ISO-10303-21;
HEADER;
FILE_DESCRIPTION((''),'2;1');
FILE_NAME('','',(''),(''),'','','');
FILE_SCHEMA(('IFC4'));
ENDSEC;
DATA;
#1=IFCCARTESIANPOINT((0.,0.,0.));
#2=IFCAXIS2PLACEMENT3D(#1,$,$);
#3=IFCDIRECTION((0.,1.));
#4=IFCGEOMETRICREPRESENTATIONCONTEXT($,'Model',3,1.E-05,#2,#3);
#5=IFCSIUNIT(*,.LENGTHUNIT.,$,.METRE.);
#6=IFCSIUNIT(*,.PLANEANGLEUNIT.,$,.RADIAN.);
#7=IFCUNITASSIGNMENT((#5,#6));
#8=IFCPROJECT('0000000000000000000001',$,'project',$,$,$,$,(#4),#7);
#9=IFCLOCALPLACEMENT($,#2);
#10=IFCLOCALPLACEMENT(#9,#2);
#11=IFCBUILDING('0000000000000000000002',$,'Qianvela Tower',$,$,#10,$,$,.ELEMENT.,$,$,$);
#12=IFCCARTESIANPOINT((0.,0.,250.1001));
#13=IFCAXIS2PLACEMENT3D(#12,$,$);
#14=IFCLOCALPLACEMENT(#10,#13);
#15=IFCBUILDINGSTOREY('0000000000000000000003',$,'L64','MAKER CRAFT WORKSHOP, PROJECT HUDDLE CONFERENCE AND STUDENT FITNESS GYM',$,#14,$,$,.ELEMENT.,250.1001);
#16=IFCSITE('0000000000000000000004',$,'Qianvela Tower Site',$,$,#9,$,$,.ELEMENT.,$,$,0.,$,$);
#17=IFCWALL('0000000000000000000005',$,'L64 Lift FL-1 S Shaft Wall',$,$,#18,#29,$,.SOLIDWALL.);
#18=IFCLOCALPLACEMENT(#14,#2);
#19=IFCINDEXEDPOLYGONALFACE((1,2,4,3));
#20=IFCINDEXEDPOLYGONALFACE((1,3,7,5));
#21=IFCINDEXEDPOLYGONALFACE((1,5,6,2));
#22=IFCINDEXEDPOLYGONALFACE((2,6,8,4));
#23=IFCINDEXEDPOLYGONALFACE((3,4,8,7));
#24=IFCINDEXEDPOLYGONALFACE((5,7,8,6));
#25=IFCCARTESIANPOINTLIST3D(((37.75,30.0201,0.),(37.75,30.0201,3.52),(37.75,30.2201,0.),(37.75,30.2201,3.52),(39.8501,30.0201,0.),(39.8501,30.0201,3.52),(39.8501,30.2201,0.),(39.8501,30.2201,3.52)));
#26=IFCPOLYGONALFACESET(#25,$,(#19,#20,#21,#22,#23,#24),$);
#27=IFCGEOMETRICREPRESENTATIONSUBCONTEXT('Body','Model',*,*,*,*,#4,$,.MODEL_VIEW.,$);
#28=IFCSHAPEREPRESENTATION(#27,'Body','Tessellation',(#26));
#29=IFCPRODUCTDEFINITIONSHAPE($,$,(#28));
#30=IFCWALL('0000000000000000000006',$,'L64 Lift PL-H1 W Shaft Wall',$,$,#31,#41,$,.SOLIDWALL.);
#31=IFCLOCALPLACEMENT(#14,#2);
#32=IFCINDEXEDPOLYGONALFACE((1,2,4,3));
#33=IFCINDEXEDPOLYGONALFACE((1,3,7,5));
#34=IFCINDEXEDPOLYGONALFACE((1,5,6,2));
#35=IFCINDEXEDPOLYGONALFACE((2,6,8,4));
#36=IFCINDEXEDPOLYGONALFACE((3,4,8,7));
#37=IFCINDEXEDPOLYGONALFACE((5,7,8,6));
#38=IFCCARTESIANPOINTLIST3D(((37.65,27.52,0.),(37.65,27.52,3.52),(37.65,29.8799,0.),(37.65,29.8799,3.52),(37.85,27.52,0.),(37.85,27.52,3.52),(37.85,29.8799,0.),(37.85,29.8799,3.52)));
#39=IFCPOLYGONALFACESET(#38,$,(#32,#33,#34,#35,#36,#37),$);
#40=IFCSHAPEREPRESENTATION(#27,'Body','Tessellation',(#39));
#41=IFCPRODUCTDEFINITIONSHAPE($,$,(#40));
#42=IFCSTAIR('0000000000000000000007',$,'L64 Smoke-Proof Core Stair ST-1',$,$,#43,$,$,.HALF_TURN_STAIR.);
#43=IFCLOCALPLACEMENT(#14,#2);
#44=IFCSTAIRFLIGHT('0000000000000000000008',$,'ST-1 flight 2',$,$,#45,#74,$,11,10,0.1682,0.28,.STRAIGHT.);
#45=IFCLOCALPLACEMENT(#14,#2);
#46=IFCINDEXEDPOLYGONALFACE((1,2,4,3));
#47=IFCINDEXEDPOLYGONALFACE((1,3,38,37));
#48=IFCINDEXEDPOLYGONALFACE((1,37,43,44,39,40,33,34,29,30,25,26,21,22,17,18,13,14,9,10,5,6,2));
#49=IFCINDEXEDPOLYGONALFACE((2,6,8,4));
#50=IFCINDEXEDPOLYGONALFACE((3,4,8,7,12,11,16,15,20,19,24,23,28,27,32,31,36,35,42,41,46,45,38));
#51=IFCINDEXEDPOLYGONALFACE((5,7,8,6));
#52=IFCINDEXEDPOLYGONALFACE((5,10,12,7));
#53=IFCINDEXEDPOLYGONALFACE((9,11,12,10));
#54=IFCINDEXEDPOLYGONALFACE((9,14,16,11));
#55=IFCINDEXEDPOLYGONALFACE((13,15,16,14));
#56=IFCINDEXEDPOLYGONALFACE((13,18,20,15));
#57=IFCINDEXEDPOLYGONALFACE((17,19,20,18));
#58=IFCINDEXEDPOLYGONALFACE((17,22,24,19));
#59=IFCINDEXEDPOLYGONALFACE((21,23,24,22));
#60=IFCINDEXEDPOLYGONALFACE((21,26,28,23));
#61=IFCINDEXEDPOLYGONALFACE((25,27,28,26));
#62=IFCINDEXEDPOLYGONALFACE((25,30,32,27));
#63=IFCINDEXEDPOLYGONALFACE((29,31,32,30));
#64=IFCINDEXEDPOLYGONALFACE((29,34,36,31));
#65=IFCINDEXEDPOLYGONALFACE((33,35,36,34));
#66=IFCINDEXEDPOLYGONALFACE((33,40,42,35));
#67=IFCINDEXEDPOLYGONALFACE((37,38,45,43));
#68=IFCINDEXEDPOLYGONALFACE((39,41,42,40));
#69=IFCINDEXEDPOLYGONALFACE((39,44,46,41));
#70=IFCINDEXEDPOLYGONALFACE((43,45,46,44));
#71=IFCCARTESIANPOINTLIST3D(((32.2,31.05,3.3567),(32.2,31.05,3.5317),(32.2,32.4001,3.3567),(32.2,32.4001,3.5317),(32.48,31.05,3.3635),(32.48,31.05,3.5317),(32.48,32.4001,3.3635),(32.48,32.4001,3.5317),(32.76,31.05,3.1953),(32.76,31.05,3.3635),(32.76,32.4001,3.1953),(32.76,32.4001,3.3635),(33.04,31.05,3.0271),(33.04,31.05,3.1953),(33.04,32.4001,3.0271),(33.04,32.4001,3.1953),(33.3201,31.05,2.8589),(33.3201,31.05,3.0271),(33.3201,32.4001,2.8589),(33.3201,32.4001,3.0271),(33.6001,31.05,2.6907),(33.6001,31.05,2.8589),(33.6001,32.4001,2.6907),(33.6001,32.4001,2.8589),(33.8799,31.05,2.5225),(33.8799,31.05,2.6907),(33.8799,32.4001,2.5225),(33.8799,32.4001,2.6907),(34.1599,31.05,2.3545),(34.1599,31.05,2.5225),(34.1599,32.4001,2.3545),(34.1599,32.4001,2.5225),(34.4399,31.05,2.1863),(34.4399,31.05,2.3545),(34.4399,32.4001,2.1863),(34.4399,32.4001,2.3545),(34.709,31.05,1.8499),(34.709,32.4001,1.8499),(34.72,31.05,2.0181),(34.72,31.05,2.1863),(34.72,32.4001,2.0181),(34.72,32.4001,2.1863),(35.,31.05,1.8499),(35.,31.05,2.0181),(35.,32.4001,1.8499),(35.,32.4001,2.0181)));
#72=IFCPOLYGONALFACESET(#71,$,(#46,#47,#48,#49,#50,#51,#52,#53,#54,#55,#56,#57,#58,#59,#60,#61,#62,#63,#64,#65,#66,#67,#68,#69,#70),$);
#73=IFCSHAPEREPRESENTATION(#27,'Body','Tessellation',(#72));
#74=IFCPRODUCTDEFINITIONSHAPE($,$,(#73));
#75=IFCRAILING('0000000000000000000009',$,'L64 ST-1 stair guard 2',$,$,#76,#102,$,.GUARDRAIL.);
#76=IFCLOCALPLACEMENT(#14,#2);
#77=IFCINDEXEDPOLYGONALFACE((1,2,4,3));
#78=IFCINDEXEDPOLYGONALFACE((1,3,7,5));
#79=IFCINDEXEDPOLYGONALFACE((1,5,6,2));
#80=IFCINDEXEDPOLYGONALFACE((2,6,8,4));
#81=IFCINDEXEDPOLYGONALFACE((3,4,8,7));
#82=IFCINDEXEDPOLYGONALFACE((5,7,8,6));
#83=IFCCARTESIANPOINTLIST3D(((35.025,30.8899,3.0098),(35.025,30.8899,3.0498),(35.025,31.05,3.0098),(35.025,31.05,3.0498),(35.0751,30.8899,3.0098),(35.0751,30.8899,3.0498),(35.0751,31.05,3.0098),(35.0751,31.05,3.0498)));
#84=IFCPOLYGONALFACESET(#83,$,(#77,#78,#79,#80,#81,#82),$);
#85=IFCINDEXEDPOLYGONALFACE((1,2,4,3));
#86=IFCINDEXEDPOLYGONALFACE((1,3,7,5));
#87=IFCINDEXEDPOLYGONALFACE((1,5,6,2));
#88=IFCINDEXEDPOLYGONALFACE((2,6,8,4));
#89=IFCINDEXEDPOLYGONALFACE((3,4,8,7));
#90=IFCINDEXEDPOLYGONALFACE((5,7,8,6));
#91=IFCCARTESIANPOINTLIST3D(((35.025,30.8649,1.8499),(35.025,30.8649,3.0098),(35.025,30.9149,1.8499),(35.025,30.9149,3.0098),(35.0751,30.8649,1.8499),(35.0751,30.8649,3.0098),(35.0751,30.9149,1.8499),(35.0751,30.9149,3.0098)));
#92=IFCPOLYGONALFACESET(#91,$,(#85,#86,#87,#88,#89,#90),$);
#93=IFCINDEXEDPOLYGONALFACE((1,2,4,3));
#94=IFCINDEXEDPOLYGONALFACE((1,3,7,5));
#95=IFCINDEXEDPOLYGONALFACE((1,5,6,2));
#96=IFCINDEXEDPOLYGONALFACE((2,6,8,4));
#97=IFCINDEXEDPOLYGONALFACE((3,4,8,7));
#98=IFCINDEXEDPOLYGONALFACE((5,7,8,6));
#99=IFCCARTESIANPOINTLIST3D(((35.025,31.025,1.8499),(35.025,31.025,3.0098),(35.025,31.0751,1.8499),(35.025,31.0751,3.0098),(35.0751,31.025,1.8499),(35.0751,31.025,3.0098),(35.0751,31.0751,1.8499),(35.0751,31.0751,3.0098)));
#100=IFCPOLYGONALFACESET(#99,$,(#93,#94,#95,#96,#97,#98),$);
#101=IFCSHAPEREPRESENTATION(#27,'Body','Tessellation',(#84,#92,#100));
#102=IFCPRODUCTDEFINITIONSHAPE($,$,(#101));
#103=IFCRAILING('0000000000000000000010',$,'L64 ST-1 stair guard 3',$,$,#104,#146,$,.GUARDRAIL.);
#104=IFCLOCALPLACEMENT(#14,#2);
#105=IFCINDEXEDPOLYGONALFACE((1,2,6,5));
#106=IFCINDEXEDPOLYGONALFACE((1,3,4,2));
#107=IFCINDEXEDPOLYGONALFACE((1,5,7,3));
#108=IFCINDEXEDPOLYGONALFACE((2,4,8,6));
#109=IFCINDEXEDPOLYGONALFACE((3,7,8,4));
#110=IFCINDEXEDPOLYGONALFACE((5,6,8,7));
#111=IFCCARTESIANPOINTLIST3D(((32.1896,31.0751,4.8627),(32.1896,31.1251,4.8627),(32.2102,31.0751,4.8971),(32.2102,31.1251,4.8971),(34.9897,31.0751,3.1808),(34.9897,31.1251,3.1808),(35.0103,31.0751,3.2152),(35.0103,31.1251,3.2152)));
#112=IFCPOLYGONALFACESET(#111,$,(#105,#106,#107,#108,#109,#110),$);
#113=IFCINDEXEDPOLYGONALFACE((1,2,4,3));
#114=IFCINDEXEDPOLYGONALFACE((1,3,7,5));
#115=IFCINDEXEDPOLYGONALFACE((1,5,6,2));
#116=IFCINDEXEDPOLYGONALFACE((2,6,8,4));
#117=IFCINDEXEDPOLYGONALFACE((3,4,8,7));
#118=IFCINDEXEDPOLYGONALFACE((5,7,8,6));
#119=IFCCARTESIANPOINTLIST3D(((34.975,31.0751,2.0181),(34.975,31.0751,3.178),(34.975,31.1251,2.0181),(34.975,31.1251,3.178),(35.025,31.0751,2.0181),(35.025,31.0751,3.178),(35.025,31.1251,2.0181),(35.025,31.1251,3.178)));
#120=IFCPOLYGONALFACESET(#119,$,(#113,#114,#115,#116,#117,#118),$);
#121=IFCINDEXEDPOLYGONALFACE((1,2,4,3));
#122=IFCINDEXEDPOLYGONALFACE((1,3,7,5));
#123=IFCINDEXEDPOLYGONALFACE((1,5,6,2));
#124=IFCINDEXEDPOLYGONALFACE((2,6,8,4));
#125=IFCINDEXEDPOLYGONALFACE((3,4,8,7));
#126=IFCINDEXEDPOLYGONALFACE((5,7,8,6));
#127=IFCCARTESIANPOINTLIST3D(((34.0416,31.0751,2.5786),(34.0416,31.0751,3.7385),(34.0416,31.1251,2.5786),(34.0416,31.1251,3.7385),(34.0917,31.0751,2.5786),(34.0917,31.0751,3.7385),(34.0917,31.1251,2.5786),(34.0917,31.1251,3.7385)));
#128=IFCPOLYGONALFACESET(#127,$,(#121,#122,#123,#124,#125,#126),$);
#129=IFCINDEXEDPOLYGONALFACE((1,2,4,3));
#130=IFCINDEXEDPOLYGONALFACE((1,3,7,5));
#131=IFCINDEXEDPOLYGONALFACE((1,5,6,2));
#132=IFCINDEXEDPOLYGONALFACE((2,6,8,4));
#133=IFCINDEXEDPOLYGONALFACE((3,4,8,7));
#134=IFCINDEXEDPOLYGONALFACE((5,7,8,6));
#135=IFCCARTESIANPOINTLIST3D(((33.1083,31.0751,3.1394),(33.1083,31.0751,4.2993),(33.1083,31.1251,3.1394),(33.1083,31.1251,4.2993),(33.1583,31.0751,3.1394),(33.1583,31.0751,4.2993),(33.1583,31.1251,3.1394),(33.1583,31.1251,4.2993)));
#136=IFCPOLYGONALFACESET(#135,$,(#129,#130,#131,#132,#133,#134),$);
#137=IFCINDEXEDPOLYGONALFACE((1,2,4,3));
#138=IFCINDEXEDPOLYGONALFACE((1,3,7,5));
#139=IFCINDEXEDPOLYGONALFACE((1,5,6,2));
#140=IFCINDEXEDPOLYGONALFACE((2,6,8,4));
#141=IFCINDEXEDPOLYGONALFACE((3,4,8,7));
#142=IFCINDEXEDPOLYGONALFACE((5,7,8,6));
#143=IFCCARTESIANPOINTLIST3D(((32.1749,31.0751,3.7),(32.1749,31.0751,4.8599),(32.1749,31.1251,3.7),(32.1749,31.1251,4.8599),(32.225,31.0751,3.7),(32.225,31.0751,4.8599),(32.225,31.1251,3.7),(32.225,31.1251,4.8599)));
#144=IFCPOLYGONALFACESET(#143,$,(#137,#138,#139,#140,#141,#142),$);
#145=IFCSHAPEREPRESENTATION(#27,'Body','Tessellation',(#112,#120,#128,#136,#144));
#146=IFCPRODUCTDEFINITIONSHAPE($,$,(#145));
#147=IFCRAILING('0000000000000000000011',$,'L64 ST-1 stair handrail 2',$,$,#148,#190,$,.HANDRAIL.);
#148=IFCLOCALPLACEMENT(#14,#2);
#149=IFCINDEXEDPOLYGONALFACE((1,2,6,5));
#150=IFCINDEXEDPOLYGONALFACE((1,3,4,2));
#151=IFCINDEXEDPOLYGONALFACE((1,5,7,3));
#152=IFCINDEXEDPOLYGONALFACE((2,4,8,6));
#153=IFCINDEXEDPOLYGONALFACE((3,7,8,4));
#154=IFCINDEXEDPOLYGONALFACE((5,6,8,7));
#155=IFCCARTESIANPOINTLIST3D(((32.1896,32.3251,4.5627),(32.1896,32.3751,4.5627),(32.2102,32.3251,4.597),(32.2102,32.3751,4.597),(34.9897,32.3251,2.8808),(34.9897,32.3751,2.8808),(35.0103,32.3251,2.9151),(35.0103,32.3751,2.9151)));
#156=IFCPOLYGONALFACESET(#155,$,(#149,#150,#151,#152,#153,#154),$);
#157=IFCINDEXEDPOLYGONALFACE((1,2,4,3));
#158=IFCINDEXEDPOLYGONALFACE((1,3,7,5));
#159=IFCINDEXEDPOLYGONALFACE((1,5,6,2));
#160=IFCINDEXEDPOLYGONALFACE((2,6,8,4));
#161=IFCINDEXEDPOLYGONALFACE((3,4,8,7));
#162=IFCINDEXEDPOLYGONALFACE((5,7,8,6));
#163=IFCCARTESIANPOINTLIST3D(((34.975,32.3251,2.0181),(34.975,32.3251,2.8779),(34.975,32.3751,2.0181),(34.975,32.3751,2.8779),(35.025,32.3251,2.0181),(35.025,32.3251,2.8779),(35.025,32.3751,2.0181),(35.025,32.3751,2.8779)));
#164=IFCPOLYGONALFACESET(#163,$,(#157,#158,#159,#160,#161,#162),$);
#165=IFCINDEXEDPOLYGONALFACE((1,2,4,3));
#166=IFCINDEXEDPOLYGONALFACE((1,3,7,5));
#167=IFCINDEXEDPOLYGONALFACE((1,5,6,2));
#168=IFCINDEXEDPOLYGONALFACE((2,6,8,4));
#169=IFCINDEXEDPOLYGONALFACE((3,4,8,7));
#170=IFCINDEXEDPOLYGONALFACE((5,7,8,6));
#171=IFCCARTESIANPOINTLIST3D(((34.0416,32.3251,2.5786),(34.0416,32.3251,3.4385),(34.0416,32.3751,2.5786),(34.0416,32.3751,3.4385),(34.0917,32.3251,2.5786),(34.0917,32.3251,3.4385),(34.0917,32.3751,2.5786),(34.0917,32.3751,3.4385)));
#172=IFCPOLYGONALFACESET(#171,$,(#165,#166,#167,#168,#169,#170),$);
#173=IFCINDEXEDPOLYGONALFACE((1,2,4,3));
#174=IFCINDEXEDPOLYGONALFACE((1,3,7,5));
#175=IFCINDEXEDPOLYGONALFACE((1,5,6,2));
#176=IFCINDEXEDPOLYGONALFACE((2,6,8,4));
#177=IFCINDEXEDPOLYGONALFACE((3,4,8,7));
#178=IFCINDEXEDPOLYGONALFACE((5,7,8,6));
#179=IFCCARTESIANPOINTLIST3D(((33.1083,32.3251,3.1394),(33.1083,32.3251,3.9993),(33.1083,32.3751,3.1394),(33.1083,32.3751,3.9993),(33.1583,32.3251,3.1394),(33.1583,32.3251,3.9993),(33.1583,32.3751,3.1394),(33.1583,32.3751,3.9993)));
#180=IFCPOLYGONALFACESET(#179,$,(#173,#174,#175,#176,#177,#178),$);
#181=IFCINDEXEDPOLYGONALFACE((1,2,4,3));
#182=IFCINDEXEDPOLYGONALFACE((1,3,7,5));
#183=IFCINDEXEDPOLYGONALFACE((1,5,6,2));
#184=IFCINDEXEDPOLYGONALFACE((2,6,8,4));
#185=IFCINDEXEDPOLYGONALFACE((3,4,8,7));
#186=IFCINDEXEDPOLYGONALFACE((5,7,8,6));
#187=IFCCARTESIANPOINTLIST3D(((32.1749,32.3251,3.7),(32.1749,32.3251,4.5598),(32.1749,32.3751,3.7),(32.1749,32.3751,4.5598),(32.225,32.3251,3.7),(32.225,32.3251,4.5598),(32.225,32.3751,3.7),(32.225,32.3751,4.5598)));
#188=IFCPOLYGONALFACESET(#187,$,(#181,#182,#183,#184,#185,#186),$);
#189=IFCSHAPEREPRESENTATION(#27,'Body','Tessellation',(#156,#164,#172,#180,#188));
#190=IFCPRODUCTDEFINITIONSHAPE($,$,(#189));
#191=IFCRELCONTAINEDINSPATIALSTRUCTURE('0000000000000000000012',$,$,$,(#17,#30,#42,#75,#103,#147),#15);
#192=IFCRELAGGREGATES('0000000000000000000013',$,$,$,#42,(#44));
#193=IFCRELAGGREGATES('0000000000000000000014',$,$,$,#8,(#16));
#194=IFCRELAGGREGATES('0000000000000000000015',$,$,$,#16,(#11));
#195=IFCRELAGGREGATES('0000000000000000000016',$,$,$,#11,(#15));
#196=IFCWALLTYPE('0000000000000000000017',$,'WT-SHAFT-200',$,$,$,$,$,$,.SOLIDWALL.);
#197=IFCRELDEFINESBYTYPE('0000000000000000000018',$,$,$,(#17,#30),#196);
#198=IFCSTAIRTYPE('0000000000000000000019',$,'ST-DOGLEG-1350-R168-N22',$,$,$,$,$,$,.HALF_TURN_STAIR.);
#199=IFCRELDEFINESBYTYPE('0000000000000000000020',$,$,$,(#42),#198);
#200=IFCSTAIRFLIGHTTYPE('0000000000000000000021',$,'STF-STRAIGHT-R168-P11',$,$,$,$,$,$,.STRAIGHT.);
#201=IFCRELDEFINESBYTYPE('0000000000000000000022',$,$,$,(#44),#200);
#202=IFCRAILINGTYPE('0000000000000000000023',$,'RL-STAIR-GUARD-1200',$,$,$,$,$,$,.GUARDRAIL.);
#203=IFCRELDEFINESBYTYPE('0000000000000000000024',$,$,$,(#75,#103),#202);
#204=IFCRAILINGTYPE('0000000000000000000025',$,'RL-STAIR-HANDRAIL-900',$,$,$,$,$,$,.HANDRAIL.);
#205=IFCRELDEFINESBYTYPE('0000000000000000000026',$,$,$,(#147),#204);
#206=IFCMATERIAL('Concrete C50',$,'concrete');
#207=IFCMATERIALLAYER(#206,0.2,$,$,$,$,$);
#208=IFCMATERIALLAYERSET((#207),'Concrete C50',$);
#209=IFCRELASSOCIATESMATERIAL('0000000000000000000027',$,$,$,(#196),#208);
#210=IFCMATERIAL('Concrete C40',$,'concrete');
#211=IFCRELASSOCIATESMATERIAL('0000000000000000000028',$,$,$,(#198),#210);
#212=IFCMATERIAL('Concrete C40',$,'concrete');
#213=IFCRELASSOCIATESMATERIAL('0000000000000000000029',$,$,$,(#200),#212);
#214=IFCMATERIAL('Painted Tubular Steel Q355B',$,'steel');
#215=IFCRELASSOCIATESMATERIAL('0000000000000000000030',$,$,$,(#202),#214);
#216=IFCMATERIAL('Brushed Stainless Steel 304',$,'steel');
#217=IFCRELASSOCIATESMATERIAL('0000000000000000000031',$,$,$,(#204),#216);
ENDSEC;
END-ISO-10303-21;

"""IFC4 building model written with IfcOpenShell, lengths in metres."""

from ifc_helpers import new_model, si_unit, direction, frame, frame_2d, origin, origin_2d, place, context, subcontext, project, spatial, polyline, rectangle, outline, extrude, material, layer, layer_set, type_object, element, aggregate, save


model = new_model("IFC4")

# Units and contexts
model_context = context("Model", 3, precision=1e-05, world=origin(), true_north=direction((0.0, 1.0)))
body_context = subcontext(model_context, "Body", "Model", "MODEL_VIEW")
ifc_project = project(units=[si_unit("LENGTHUNIT", "METRE"), si_unit("PLANEANGLEUNIT", "RADIAN")], contexts=[model_context])

# Site, building, storey
site_placement = place(None, origin())
site = spatial("IfcSite", under=ifc_project, at=site_placement, Name="Qianvela Tower Site", CompositionType="ELEMENT", RefElevation=0.0)
building_placement = place(site_placement, origin())
building = spatial("IfcBuilding", under=site, at=building_placement, Name="Qianvela Tower", CompositionType="ELEMENT")
storey_placement = place(building_placement, frame((0.0, 0.0, 250.1001)))
storey = spatial("IfcBuildingStorey", under=building, at=storey_placement, Name="L64", Description="MAKER CRAFT WORKSHOP, PROJECT HUDDLE CONFERENCE AND STUDENT FITNESS GYM", CompositionType="ELEMENT", Elevation=250.1001)

# Shared definitions
ifc_material_1 = material(Name="Concrete C50", Category="concrete")
ifc_layer_1 = layer(ifc_material_1, 0.2)
ifc_layer_set_1 = layer_set([ifc_layer_1], Name="Concrete C50")
wall_type_1 = type_object("IfcWallType", Name="WT-SHAFT-200", PredefinedType="SOLIDWALL", material=ifc_layer_set_1)

# Wall
wall_1_placement = place(storey_placement, frame((37.75, 30.1201, 0.0), z_axis=(0.0, 0.0, 1.0), x_axis=(1.0, 0.0, 0.0)))
element("IfcWall", 1, at=wall_1_placement, inside=storey, type_object=wall_type_1, Name="L64 Lift FL-1 S Shaft Wall", PredefinedType="SOLIDWALL", context=body_context, shape_type="SweptSolid", body=[
    extrude(rectangle(XDim=2.1001, YDim=0.2, at=frame_2d((1.05, 0.0))), origin(), (0.0, 0.0, 1.0), 3.52),
])

# Wall
wall_2_placement = place(storey_placement, frame((37.75, 27.52, 0.0), z_axis=(0.0, 0.0, 1.0), x_axis=(0.0, 1.0, 0.0)))
element("IfcWall", 2, at=wall_2_placement, inside=storey, type_object=wall_type_1, Name="L64 Lift PL-H1 W Shaft Wall", PredefinedType="SOLIDWALL", context=body_context, shape_type="SweptSolid", body=[
    extrude(rectangle(XDim=2.3599, YDim=0.2, at=frame_2d((1.1799, 0.0))), origin(), (0.0, 0.0, 1.0), 3.52),
])

# Stair, stair flight
ifc_material_2 = material(Name="Concrete C40", Category="concrete")
stair_type = type_object("IfcStairType", Name="ST-DOGLEG-1350-R168-N22", PredefinedType="HALF_TURN_STAIR", material=ifc_material_2)
stair_placement = place(storey_placement, origin())
stair = element("IfcStair", 3, at=stair_placement, inside=storey, type_object=stair_type, Name="L64 Smoke-Proof Core Stair ST-1", PredefinedType="HALF_TURN_STAIR")
ifc_material_3 = material(Name="Concrete C40", Category="concrete")
stair_flight_type = type_object("IfcStairFlightType", Name="STF-STRAIGHT-R168-P11", PredefinedType="STRAIGHT", material=ifc_material_3)
stair_flight_placement = place(storey_placement, frame((35.0, 31.7251, 1.8499), z_axis=(0.0, 0.0, 1.0), x_axis=(-1.0, 0.0, 0.0)))
stair_flight = element("IfcStairFlight", 4, at=stair_flight_placement, type_object=stair_flight_type, Name="ST-1 flight 2", NumberOfRisers=11, NumberOfTreads=10, PredefinedType="STRAIGHT", RiserHeight=0.1682, TreadLength=0.28, context=body_context, shape_type="SweptSolid", body=[
    extrude(outline(polyline([(0.0, 0.0), (0.0, 0.1682), (0.28, 0.1682), (0.28, 0.3364), (0.5601, 0.3364), (0.5601, 0.5046), (0.8401, 0.5046), (0.8401, 0.6726), (1.1201, 0.6726), (1.1201, 0.8408), (1.3999, 0.8408), (1.3999, 1.009), (1.6799, 1.009), (1.6799, 1.1772), (1.96, 1.1772), (1.96, 1.3455), (2.24, 1.3455), (2.24, 1.5137), (2.52, 1.5137), (2.52, 1.6819), (2.8, 1.6819), (2.8, 1.8501), (2.8, 1.5068), (0.291, 0.0), (0.0, 0.0)])), frame((0.0, 0.675, 0.0), z_axis=(0.0, -1.0, 0.0), x_axis=(1.0, 0.0, 0.0)), (0.0, 0.0, 1.0), 1.3501),
])
aggregate(stair, [stair_flight])

# Railings
ifc_material_4 = material(Name="Painted Tubular Steel Q355B", Category="steel")
railing_type_1 = type_object("IfcRailingType", Name="RL-STAIR-GUARD-1200", PredefinedType="GUARDRAIL", material=ifc_material_4)
railing_1_placement = place(storey_placement, frame((35.05, 30.8899, 1.8499)))
element("IfcRailing", 5, at=railing_1_placement, inside=storey, type_object=railing_type_1, Name="L64 ST-1 stair guard 2", PredefinedType="GUARDRAIL", context=body_context, shape_type="SweptSolid", body=[
    extrude(rectangle(XDim=0.05, YDim=0.04, at=origin_2d()), frame((0.0, 0.0, 1.1799), z_axis=(0.0, 1.0, 0.0), x_axis=(-1.0, 0.0, 0.0)), (0.0, 0.0, 1.0), 0.1602),
    extrude(rectangle(XDim=0.05, YDim=0.05, at=origin_2d()), origin(), (0.0, 0.0, 1.0), 1.1599),
    extrude(rectangle(XDim=0.05, YDim=0.05, at=origin_2d()), frame((0.0, 0.1602, 0.0)), (0.0, 0.0, 1.0), 1.1599),
])
railing_2_placement = place(storey_placement, frame((35.0, 31.1001, 2.0181)))
element("IfcRailing", 6, at=railing_2_placement, inside=storey, type_object=railing_type_1, Name="L64 ST-1 stair guard 3", PredefinedType="GUARDRAIL", context=body_context, shape_type="SweptSolid", body=[
    extrude(rectangle(XDim=0.05, YDim=0.04, at=origin_2d()), frame((0.0, 0.0, 1.1799), z_axis=(-0.857242, 0.0, 0.514913), x_axis=(0.0, -1.0, 0.0)), (0.0, 0.0, 1.0), 3.2664),
    extrude(rectangle(XDim=0.05, YDim=0.05, at=origin_2d()), origin(), (0.0, 0.0, 1.0), 1.1599),
    extrude(rectangle(XDim=0.05, YDim=0.05, at=origin_2d()), frame((-0.9333, 0.0, 0.5605)), (0.0, 0.0, 1.0), 1.1599),
    extrude(rectangle(XDim=0.05, YDim=0.05, at=origin_2d()), frame((-1.8667, 0.0, 1.1213)), (0.0, 0.0, 1.0), 1.1599),
    extrude(rectangle(XDim=0.05, YDim=0.05, at=origin_2d()), frame((-2.8, 0.0, 1.6819)), (0.0, 0.0, 1.0), 1.1599),
])
ifc_material_5 = material(Name="Brushed Stainless Steel 304", Category="steel")
railing_type_2 = type_object("IfcRailingType", Name="RL-STAIR-HANDRAIL-900", PredefinedType="HANDRAIL", material=ifc_material_5)
railing_3_placement = place(storey_placement, frame((35.0, 32.3501, 2.0181)))
element("IfcRailing", 7, at=railing_3_placement, inside=storey, type_object=railing_type_2, Name="L64 ST-1 stair handrail 2", PredefinedType="HANDRAIL", context=body_context, shape_type="SweptSolid", body=[
    extrude(rectangle(XDim=0.05, YDim=0.04, at=origin_2d()), frame((0.0, 0.0, 0.8799), z_axis=(-0.857242, 0.0, 0.514913), x_axis=(0.0, -1.0, 0.0)), (0.0, 0.0, 1.0), 3.2664),
    extrude(rectangle(XDim=0.05, YDim=0.05, at=origin_2d()), origin(), (0.0, 0.0, 1.0), 0.8599),
    extrude(rectangle(XDim=0.05, YDim=0.05, at=origin_2d()), frame((-0.9333, 0.0, 0.5605)), (0.0, 0.0, 1.0), 0.8599),
    extrude(rectangle(XDim=0.05, YDim=0.05, at=origin_2d()), frame((-1.8667, 0.0, 1.1213)), (0.0, 0.0, 1.0), 0.8599),
    extrude(rectangle(XDim=0.05, YDim=0.05, at=origin_2d()), frame((-2.8, 0.0, 1.6819)), (0.0, 0.0, 1.0), 0.8599),
])

save(model, "model.ifc")
